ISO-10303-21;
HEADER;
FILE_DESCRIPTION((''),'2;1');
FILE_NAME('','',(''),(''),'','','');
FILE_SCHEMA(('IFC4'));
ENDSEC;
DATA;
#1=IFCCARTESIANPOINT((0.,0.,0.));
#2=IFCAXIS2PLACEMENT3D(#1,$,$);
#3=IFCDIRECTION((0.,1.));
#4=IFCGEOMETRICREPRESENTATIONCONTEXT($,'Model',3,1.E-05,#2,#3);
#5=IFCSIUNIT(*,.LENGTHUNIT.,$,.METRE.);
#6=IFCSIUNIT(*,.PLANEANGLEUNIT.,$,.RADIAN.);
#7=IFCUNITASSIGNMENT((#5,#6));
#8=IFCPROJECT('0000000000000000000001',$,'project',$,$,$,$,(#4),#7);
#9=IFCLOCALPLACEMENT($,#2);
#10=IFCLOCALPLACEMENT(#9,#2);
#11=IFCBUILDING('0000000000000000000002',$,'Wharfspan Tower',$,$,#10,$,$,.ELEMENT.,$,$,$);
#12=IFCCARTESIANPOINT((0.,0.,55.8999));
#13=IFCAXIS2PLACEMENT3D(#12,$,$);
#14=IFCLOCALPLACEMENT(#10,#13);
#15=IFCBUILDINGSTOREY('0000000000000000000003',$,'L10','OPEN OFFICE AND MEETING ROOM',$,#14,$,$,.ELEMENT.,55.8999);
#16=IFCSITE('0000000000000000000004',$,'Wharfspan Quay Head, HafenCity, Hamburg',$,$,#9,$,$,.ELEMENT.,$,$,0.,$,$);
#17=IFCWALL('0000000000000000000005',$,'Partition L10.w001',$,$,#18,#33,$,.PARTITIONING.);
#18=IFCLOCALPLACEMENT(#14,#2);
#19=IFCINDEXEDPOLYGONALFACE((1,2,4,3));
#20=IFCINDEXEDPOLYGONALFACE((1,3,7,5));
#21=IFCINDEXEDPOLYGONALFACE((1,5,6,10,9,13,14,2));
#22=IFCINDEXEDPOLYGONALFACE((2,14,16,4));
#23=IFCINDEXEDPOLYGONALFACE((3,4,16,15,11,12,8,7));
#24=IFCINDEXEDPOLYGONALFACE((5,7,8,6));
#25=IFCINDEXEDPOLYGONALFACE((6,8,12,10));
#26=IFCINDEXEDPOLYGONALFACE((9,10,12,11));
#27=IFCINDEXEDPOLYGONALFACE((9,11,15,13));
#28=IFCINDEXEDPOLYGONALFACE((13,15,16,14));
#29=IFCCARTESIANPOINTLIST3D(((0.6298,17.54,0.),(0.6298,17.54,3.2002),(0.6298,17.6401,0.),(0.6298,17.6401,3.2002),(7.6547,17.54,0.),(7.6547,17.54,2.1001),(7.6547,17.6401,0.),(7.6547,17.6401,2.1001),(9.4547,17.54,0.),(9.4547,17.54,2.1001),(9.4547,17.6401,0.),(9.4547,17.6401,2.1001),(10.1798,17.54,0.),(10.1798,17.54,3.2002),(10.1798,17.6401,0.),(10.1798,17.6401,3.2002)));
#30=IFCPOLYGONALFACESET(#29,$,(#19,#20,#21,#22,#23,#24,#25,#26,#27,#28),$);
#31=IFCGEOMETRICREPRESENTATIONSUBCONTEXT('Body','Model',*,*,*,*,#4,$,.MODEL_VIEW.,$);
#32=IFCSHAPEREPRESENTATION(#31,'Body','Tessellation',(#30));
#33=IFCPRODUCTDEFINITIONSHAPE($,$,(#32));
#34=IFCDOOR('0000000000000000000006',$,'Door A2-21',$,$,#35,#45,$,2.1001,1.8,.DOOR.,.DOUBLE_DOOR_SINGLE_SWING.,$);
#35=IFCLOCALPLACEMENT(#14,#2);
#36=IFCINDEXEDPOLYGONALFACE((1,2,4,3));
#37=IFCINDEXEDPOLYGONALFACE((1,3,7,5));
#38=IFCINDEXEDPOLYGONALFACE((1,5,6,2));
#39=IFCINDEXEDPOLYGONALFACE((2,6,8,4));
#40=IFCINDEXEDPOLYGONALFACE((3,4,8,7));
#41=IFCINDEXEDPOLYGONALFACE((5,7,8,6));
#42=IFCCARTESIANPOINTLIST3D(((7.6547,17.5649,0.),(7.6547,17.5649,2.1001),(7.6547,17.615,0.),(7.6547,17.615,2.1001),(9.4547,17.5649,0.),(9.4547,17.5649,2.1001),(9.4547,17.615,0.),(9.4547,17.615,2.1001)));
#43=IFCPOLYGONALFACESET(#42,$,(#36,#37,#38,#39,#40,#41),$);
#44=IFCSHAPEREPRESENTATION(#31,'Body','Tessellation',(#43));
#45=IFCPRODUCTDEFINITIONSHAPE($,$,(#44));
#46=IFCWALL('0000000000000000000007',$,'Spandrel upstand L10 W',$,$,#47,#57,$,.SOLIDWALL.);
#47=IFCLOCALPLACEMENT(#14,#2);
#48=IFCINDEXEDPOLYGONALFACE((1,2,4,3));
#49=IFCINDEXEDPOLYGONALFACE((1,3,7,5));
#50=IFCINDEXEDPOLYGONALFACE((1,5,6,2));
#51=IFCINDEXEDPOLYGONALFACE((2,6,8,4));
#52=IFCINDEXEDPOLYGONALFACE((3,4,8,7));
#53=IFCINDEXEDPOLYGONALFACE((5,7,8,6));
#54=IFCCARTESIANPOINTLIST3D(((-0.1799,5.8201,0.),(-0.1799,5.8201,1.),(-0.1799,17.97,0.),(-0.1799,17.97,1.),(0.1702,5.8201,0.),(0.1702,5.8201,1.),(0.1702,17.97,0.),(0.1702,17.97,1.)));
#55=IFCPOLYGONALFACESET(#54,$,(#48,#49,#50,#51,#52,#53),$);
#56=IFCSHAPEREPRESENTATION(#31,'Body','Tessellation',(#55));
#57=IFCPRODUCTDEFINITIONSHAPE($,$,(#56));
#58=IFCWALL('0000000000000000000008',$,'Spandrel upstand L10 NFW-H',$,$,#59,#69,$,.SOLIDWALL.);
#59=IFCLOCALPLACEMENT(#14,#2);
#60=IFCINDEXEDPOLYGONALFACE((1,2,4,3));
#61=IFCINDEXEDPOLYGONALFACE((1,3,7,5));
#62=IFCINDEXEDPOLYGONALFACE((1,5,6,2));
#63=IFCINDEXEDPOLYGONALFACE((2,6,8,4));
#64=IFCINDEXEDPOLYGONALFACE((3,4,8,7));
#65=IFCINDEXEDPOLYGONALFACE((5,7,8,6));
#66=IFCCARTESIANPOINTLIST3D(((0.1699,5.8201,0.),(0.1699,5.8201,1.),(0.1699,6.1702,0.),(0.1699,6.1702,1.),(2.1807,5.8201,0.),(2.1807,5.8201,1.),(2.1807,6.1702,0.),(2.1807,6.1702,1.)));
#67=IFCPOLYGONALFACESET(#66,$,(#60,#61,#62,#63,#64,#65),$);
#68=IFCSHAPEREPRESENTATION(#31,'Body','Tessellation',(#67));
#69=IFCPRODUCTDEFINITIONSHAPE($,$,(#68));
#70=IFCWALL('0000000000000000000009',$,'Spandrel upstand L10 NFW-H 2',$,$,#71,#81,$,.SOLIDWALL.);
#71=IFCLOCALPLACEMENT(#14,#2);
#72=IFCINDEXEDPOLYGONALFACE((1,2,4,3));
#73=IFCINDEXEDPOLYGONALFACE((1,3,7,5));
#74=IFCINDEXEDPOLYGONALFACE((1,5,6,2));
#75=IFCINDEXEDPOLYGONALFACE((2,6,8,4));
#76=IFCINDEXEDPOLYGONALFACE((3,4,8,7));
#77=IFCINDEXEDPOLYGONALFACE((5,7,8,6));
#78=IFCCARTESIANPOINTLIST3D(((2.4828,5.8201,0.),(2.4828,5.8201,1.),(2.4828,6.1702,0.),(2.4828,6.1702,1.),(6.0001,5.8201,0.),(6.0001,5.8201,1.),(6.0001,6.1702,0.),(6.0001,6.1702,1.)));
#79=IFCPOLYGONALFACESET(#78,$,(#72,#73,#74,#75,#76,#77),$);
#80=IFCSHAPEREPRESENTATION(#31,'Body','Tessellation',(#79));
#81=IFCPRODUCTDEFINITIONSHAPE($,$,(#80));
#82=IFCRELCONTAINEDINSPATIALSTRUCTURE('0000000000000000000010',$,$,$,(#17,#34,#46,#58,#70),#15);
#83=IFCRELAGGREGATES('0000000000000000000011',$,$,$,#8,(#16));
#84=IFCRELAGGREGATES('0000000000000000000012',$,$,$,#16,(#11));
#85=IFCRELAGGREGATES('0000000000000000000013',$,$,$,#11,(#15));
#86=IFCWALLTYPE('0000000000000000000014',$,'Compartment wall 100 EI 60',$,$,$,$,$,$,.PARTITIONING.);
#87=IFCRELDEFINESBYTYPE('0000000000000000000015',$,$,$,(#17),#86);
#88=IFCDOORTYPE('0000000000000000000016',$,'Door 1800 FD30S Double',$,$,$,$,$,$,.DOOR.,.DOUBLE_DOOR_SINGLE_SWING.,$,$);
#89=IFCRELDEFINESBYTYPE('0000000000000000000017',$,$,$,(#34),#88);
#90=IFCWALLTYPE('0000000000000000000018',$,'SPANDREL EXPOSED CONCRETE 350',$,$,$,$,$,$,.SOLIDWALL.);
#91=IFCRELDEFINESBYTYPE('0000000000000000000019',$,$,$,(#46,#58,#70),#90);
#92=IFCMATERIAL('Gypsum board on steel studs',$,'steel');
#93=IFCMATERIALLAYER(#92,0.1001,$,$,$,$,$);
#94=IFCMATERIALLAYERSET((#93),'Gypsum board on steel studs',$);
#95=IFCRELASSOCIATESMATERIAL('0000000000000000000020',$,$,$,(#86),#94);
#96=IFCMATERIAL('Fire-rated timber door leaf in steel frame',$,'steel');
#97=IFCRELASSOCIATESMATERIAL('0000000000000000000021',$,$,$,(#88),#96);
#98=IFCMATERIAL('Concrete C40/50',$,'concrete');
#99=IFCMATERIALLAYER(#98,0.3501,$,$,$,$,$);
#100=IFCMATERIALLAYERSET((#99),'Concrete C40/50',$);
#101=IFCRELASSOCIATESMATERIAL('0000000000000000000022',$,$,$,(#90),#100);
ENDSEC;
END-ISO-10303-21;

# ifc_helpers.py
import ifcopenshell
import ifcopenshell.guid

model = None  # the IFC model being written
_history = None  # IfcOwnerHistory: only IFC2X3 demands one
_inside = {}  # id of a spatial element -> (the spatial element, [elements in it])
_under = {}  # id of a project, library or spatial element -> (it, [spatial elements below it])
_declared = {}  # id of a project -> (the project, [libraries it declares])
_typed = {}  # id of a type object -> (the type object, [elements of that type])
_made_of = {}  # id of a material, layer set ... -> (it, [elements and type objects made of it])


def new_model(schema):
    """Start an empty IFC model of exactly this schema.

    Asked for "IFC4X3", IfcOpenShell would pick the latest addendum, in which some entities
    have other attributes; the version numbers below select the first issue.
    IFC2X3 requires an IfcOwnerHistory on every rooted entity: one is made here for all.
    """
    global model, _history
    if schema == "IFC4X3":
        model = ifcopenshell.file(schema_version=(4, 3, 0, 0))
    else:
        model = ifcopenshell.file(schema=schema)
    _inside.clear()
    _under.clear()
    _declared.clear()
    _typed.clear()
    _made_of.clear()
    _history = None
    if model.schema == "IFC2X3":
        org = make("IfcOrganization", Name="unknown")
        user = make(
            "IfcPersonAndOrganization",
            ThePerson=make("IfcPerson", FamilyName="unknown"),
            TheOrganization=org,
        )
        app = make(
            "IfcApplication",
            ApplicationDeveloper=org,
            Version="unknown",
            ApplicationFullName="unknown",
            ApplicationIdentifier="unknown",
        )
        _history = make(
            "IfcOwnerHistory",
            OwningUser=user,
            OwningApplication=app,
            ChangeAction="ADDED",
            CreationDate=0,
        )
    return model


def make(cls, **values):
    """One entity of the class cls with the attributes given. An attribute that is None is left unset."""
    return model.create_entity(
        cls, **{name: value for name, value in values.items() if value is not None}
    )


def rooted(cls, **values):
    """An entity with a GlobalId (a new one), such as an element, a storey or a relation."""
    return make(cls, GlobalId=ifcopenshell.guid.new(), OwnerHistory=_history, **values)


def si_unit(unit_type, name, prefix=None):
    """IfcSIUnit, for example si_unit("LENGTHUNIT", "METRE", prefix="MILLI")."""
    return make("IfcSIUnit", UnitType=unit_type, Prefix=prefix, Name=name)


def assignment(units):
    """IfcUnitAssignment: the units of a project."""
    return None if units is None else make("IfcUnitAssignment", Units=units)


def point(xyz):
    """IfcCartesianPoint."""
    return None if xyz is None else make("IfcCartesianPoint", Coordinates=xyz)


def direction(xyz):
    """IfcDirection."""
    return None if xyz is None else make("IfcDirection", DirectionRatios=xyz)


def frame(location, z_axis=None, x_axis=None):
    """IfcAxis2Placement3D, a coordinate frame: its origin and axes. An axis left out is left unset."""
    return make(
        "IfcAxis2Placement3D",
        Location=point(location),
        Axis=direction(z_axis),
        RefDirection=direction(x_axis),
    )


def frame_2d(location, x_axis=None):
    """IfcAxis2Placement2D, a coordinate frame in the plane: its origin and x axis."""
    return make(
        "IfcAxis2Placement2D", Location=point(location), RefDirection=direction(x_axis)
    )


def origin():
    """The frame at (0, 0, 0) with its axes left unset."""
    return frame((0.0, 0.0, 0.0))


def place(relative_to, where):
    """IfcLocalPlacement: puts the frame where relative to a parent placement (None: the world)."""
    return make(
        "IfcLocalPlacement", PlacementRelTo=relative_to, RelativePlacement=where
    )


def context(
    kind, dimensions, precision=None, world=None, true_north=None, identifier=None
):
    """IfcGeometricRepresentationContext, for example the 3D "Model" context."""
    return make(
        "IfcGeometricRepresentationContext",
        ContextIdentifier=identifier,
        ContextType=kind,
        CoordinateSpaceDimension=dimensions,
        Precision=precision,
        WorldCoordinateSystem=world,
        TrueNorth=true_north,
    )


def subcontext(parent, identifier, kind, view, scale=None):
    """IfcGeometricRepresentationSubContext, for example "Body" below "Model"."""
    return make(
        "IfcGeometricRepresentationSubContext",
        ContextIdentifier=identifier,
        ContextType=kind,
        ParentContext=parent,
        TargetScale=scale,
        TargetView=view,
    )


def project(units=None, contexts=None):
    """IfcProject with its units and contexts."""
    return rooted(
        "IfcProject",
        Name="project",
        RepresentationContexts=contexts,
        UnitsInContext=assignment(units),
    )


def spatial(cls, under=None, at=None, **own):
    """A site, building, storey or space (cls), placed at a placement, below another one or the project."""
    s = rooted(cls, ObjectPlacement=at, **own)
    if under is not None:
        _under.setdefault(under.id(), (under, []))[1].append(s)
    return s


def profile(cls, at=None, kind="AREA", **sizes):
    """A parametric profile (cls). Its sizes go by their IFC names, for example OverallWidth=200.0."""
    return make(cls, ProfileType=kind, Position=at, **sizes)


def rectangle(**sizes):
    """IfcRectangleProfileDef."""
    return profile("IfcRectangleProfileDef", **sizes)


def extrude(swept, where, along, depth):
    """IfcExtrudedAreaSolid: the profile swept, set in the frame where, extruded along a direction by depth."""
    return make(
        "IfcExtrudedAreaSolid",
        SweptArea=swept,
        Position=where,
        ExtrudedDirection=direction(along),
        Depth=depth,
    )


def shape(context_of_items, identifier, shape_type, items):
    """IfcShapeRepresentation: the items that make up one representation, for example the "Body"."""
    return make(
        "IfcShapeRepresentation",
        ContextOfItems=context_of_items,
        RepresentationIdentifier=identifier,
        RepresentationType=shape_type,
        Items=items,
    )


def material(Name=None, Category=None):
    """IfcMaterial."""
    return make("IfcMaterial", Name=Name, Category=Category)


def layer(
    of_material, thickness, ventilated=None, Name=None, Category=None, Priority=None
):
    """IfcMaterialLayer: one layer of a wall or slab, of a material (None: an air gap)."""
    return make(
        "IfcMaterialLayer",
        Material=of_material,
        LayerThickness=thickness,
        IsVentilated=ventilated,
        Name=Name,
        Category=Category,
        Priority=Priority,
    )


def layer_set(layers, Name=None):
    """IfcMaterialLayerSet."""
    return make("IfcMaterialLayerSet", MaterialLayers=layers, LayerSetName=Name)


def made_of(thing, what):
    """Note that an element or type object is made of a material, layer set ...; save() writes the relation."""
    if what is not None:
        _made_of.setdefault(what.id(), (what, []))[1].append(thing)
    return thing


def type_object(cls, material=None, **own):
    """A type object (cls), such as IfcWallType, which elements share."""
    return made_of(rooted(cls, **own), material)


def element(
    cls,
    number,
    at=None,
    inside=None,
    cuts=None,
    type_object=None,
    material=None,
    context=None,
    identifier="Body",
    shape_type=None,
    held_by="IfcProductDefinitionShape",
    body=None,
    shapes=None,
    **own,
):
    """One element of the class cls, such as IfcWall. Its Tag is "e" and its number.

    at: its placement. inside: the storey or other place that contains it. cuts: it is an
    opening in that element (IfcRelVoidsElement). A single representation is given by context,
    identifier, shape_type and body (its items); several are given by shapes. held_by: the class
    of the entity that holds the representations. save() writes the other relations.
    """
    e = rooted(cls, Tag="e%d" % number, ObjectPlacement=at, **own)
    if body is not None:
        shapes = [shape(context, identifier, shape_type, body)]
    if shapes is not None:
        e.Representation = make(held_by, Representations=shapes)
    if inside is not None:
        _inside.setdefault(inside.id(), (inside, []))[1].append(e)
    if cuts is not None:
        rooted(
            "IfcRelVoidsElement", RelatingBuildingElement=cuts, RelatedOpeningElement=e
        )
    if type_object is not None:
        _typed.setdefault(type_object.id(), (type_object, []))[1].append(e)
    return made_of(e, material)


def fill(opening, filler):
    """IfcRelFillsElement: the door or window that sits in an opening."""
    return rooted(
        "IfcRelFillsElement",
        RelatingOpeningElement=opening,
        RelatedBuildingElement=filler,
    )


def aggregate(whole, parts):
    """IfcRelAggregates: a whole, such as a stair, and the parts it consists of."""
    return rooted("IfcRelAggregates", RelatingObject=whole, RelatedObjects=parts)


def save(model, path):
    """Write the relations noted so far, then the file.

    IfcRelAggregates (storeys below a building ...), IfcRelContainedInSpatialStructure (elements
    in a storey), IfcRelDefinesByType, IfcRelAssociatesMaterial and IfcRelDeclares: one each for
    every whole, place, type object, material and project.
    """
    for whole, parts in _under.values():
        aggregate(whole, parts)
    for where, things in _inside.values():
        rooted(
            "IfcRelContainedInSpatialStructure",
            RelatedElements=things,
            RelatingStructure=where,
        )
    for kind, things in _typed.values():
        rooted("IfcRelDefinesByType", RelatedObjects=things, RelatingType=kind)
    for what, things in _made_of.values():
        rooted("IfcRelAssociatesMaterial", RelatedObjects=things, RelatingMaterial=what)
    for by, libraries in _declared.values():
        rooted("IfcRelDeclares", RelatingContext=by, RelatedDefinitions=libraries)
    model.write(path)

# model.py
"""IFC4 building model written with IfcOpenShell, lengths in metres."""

from ifc_helpers import new_model, si_unit, direction, frame, frame_2d, origin, place, context, subcontext, project, spatial, rectangle, extrude, material, layer, layer_set, type_object, element, fill, save


model = new_model("IFC4")

# Units and contexts
model_context = context("Model", 3, precision=1e-05, world=origin(), true_north=direction((0.0, 1.0)))
body_context = subcontext(model_context, "Body", "Model", "MODEL_VIEW")
ifc_project = project(units=[si_unit("LENGTHUNIT", "METRE"), si_unit("PLANEANGLEUNIT", "RADIAN")], contexts=[model_context])

# Site, building, storey
site_placement = place(None, origin())
site = spatial("IfcSite", under=ifc_project, at=site_placement, Name="Wharfspan Quay Head, HafenCity, Hamburg", CompositionType="ELEMENT", RefElevation=0.0)
building_placement = place(site_placement, origin())
building = spatial("IfcBuilding", under=site, at=building_placement, Name="Wharfspan Tower", CompositionType="ELEMENT")
storey_placement = place(building_placement, frame((0.0, 0.0, 55.8999)))
storey = spatial("IfcBuildingStorey", under=building, at=storey_placement, Name="L10", Description="OPEN OFFICE AND MEETING ROOM", CompositionType="ELEMENT", Elevation=55.8999)

# Wall, opening, door
ifc_material_1 = material(Name="Gypsum board on steel studs", Category="steel")
ifc_layer_1 = layer(ifc_material_1, 0.1001)
ifc_layer_set_1 = layer_set([ifc_layer_1], Name="Gypsum board on steel studs")
wall_type_1 = type_object("IfcWallType", Name="Compartment wall 100 EI 60", PredefinedType="PARTITIONING", material=ifc_layer_set_1)
wall_1_placement = place(storey_placement, frame((0.6299, 17.5901, 0.0), z_axis=(0.0, 0.0, 1.0), x_axis=(1.0, 0.0, 0.0)))
wall_1 = element("IfcWall", 1, at=wall_1_placement, inside=storey, type_object=wall_type_1, Name="Partition L10.w001", PredefinedType="PARTITIONING", context=body_context, shape_type="SweptSolid", body=[
    extrude(rectangle(XDim=9.55, YDim=0.1001, at=frame_2d((4.7749, 0.0))), origin(), (0.0, 0.0, 1.0), 3.2002),
])
opening_placement = place(wall_1_placement, frame((7.0249, 0.0, 0.0)))
opening = element("IfcOpeningElement", 2, at=opening_placement, cuts=wall_1, PredefinedType="OPENING", context=body_context, shape_type="SweptSolid", body=[
    extrude(rectangle(XDim=1.8, YDim=2.1001, at=frame_2d((0.8999, 1.05))), frame((0.0, 0.0601, 0.0), z_axis=(0.0, -1.0, 0.0), x_axis=(1.0, 0.0, 0.0)), (0.0, 0.0, 1.0), 0.1201),
])
ifc_material_2 = material(Name="Fire-rated timber door leaf in steel frame", Category="steel")
door_type = type_object("IfcDoorType", Name="Door 1800 FD30S Double", OperationType="DOUBLE_DOOR_SINGLE_SWING", PredefinedType="DOOR", material=ifc_material_2)
door_placement = place(opening_placement, origin())
door = element("IfcDoor", 3, at=door_placement, inside=storey, type_object=door_type, Name="Door A2-21", OperationType="DOUBLE_DOOR_SINGLE_SWING", OverallHeight=2.1001, OverallWidth=1.8, PredefinedType="DOOR", context=body_context, shape_type="SweptSolid", body=[
    extrude(rectangle(XDim=1.8, YDim=2.1001, at=frame_2d((0.8999, 1.05))), frame((0.0, 0.0249, 0.0), z_axis=(0.0, -1.0, 0.0), x_axis=(1.0, 0.0, 0.0)), (0.0, 0.0, 1.0), 0.05),
])
fill(opening, door)

# Walls
ifc_material_3 = material(Name="Concrete C40/50", Category="concrete")
ifc_layer_2 = layer(ifc_material_3, 0.3501)
ifc_layer_set_2 = layer_set([ifc_layer_2], Name="Concrete C40/50")
wall_type_2 = type_object("IfcWallType", Name="SPANDREL EXPOSED CONCRETE 350", PredefinedType="SOLIDWALL", material=ifc_layer_set_2)
wall_2_placement = place(storey_placement, frame((-0.0049, 17.97, 0.0), z_axis=(0.0, 0.0, 1.0), x_axis=(0.0, -1.0, 0.0)))
element("IfcWall", 4, at=wall_2_placement, inside=storey, type_object=wall_type_2, Name="Spandrel upstand L10 W", PredefinedType="SOLIDWALL", context=body_context, shape_type="SweptSolid", body=[
    extrude(rectangle(XDim=12.1499, YDim=0.3501, at=frame_2d((6.075, 0.0))), origin(), (0.0, 0.0, 1.0), 1.0),
])
wall_3_placement = place(storey_placement, frame((0.1699, 5.9951, 0.0), z_axis=(0.0, 0.0, 1.0), x_axis=(1.0, 0.0, 0.0)))
element("IfcWall", 5, at=wall_3_placement, inside=storey, type_object=wall_type_2, Name="Spandrel upstand L10 NFW-H", PredefinedType="SOLIDWALL", context=body_context, shape_type="SweptSolid", body=[
    extrude(rectangle(XDim=2.0107, YDim=0.3501, at=frame_2d((1.0054, 0.0))), origin(), (0.0, 0.0, 1.0), 1.0),
])
wall_4_placement = place(storey_placement, frame((2.4827, 5.9951, 0.0), z_axis=(0.0, 0.0, 1.0), x_axis=(1.0, 0.0, 0.0)))
element("IfcWall", 6, at=wall_4_placement, inside=storey, type_object=wall_type_2, Name="Spandrel upstand L10 NFW-H 2", PredefinedType="SOLIDWALL", context=body_context, shape_type="SweptSolid", body=[
    extrude(rectangle(XDim=3.5173, YDim=0.3501, at=frame_2d((1.7588, 0.0))), origin(), (0.0, 0.0, 1.0), 1.0),
])

save(model, "model.ifc")
